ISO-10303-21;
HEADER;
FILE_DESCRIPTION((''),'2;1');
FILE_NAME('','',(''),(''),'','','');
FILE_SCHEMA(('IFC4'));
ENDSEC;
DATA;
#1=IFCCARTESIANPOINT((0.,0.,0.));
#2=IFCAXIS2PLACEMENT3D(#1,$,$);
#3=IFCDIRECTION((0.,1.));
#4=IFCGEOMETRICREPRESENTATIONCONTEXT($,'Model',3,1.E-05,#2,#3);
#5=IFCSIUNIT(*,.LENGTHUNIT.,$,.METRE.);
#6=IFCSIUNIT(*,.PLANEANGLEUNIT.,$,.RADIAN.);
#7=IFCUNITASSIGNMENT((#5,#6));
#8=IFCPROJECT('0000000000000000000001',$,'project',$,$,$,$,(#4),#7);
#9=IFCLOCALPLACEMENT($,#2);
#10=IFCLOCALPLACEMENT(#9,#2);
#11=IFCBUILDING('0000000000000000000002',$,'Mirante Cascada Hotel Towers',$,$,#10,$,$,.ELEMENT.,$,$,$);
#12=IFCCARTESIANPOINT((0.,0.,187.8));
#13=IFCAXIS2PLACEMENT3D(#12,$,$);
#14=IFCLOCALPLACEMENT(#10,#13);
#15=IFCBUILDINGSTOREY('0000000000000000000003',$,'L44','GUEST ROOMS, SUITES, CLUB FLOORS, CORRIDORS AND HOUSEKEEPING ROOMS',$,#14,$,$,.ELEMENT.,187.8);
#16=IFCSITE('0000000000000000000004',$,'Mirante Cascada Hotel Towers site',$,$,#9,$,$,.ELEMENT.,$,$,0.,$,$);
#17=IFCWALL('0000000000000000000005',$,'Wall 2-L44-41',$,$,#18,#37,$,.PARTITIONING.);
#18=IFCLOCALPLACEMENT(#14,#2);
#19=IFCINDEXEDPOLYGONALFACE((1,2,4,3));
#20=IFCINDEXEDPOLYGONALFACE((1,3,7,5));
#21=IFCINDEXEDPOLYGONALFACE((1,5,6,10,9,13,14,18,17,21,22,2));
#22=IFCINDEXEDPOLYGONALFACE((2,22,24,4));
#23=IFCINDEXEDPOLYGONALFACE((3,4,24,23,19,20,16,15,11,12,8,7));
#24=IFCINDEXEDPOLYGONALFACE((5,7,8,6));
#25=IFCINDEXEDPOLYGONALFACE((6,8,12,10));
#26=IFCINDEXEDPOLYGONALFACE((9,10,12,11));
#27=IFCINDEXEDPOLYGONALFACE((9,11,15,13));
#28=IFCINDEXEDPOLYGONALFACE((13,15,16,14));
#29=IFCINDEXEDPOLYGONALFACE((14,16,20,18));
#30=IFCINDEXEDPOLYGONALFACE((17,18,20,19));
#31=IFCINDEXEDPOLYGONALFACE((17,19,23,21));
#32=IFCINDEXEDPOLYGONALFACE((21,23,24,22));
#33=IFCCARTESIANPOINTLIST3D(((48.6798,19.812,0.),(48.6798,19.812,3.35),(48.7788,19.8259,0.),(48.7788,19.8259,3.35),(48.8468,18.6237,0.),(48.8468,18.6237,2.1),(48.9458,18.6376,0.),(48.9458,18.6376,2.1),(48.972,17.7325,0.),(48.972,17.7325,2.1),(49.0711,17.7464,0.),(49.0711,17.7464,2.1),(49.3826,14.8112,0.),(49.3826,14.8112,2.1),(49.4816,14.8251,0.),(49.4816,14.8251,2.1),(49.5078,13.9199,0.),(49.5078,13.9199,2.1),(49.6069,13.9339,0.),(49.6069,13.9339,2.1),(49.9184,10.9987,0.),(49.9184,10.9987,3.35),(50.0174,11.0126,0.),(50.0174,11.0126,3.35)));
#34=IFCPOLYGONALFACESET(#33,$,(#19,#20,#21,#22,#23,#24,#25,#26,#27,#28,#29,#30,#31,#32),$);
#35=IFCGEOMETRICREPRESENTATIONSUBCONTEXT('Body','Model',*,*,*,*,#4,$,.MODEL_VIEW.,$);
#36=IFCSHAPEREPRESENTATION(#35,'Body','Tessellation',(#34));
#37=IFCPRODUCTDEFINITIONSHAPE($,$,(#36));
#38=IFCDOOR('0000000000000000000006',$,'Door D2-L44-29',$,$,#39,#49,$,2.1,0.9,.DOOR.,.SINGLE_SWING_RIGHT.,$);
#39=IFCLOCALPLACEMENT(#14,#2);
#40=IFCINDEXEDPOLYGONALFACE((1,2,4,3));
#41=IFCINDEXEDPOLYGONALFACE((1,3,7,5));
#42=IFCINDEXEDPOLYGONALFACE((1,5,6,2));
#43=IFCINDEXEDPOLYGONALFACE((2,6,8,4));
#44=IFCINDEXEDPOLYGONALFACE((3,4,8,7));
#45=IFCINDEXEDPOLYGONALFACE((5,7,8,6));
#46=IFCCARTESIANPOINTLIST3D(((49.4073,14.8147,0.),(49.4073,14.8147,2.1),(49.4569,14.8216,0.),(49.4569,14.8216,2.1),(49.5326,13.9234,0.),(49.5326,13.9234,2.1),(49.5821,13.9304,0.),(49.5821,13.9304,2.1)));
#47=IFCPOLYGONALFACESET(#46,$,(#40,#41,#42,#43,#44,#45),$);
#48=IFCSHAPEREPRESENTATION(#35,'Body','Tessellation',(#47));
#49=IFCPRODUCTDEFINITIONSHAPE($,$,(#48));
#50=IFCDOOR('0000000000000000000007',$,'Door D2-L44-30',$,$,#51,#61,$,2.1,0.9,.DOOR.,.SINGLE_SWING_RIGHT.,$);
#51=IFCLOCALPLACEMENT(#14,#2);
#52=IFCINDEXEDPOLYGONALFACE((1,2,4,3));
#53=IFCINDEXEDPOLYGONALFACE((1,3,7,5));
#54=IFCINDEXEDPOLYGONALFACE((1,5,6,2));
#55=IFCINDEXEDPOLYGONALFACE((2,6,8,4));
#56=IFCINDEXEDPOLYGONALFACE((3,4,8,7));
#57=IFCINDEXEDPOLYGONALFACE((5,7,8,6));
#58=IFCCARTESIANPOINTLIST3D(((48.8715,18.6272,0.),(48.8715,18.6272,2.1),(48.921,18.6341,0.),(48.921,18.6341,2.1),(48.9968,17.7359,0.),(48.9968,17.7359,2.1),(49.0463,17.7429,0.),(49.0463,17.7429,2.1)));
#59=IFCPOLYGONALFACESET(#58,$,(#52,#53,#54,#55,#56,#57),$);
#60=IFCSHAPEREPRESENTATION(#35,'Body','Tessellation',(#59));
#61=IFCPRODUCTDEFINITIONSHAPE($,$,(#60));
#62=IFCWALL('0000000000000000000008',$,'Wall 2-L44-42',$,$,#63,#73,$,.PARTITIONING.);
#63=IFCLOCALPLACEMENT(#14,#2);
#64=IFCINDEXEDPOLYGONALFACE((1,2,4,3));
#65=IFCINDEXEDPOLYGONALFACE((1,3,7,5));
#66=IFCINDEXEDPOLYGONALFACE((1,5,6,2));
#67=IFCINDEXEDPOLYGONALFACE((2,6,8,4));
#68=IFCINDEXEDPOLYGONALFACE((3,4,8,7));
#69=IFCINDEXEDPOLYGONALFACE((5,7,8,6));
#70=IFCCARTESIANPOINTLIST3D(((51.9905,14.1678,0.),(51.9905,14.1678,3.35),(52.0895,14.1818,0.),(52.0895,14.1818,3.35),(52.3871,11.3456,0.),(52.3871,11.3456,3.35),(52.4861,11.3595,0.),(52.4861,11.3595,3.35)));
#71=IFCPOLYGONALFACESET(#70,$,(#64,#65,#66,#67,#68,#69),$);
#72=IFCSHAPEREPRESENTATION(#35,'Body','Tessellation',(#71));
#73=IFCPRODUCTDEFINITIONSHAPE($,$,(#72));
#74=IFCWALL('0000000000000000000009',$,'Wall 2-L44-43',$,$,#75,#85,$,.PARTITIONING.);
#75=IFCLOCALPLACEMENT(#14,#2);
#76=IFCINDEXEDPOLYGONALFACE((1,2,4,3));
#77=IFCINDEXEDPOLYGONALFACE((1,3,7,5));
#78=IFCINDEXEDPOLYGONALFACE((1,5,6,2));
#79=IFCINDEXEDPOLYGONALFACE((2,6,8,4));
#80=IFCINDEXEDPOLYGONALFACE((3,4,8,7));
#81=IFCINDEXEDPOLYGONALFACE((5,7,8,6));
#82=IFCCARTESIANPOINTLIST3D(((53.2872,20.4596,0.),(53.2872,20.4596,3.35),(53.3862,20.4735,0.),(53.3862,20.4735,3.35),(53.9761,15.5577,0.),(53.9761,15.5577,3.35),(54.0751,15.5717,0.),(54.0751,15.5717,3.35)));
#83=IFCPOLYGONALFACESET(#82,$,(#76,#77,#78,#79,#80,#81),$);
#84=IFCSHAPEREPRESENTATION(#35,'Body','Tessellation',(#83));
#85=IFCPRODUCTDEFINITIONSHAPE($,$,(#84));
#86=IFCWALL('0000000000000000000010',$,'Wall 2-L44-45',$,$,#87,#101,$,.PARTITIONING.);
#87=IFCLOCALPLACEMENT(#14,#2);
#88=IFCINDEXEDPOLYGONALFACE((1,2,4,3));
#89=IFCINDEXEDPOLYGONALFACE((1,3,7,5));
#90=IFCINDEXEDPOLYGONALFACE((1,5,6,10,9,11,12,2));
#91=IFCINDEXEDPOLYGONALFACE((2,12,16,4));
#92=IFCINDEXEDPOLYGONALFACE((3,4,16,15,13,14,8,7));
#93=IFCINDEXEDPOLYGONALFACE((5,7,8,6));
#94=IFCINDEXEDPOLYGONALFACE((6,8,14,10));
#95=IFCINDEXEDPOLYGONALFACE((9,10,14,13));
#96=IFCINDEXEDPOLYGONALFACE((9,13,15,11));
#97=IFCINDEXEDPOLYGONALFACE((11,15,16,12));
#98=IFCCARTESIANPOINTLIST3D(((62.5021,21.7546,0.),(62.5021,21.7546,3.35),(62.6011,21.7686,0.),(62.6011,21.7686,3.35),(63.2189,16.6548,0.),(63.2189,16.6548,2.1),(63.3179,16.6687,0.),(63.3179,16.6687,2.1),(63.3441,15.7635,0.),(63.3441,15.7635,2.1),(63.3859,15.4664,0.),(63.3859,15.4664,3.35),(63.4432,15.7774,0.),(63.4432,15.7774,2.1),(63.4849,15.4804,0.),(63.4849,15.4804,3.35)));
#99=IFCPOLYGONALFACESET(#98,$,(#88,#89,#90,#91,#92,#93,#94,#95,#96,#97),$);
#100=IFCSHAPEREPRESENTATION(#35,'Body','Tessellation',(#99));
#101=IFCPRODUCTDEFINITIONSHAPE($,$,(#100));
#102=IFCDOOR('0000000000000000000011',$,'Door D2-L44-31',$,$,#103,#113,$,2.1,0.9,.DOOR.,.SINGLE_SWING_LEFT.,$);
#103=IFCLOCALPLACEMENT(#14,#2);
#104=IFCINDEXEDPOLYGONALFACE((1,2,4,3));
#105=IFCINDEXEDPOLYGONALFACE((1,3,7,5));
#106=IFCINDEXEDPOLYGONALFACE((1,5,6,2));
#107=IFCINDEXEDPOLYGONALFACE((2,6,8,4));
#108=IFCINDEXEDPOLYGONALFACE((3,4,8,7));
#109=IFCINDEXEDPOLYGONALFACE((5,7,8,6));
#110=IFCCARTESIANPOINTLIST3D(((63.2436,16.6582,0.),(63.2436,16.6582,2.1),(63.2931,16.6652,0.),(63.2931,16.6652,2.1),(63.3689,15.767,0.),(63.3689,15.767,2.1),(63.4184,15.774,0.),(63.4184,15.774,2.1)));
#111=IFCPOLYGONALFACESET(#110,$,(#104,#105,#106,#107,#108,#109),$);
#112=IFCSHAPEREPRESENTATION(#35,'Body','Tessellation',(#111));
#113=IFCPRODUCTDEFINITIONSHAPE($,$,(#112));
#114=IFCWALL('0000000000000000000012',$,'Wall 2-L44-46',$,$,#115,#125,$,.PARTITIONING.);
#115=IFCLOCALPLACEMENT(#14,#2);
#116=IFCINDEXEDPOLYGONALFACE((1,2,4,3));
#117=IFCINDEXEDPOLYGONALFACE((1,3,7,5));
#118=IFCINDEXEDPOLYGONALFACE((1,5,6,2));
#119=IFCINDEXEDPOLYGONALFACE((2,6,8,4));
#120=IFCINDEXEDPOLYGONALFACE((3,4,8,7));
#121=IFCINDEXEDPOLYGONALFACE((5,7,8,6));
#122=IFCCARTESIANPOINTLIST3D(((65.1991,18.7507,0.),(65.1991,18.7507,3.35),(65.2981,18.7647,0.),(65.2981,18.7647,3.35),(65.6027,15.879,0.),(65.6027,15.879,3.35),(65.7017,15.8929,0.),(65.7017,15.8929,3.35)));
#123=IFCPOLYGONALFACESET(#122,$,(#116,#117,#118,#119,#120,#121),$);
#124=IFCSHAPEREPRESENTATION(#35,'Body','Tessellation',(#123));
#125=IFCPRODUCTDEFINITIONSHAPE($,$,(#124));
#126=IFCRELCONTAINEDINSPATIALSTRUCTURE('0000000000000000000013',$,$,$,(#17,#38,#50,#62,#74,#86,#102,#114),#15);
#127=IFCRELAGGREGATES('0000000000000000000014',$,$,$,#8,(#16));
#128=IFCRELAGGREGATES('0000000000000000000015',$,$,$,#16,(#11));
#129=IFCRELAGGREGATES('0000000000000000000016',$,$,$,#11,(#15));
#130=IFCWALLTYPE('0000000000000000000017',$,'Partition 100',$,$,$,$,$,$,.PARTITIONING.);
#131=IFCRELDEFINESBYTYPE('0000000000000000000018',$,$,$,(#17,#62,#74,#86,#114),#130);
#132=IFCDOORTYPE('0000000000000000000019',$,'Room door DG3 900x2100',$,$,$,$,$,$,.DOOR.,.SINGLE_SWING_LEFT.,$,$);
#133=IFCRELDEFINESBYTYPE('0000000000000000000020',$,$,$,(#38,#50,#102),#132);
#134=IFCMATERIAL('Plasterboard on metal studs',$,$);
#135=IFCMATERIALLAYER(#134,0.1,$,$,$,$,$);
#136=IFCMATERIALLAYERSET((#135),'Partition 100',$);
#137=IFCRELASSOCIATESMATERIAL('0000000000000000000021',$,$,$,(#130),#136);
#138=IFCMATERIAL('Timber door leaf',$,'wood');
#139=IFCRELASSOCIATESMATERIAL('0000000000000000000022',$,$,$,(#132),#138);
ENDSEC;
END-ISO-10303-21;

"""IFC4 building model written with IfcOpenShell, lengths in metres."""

from ifc_helpers import new_model, si_unit, direction, frame, frame_2d, origin, place, context, subcontext, project, spatial, rectangle, extrude, material, layer, layer_set, type_object, element, fill, save


model = new_model("IFC4")

# Units and contexts
model_context = context("Model", 3, precision=1e-05, world=origin(), true_north=direction((0.0, 1.0)))
body_context = subcontext(model_context, "Body", "Model", "MODEL_VIEW")
ifc_project = project(units=[si_unit("LENGTHUNIT", "METRE"), si_unit("PLANEANGLEUNIT", "RADIAN")], contexts=[model_context])

# Site, building, storey
site_placement = place(None, origin())
site = spatial("IfcSite", under=ifc_project, at=site_placement, Name="Mirante Cascada Hotel Towers site", CompositionType="ELEMENT", RefElevation=0.0)
building_placement = place(site_placement, origin())
building = spatial("IfcBuilding", under=site, at=building_placement, Name="Mirante Cascada Hotel Towers", CompositionType="ELEMENT")
storey_placement = place(building_placement, frame((0.0, 0.0, 187.8)))
storey = spatial("IfcBuildingStorey", under=building, at=storey_placement, Name="L44", Description="GUEST ROOMS, SUITES, CLUB FLOORS, CORRIDORS AND HOUSEKEEPING ROOMS", CompositionType="ELEMENT", Elevation=187.8)

# Shared definitions
ifc_material_1 = material(Name="Plasterboard on metal studs")
ifc_layer_1 = layer(ifc_material_1, 0.1)
ifc_layer_set_1 = layer_set([ifc_layer_1], Name="Partition 100")
wall_type_1 = type_object("IfcWallType", Name="Partition 100", PredefinedType="PARTITIONING", material=ifc_layer_set_1)

# Shared definitions
ifc_material_2 = material(Name="Timber door leaf", Category="wood")
door_type_1 = type_object("IfcDoorType", Name="Room door DG3 900x2100", OperationType="SINGLE_SWING_LEFT", PredefinedType="DOOR", material=ifc_material_2)

# Wall, openings, doors
wall_1_placement = place(storey_placement, frame((49.9679, 11.0056, 0.0), z_axis=(0.0, 0.0, 1.0), x_axis=(-0.13917, 0.990268, 0.0)))
wall_1 = element("IfcWall", 1, at=wall_1_placement, inside=storey, type_object=wall_type_1, Name="Wall 2-L44-41", PredefinedType="PARTITIONING", context=body_context, shape_type="SweptSolid", body=[
    extrude(rectangle(XDim=8.8999, YDim=0.1, at=frame_2d((4.45, 0.0))), origin(), (0.0, 0.0, 1.0), 3.35),
])
opening_1_placement = place(wall_1_placement, frame((2.95, 0.0, 0.0)))
opening_1 = element("IfcOpeningElement", 2, at=opening_1_placement, cuts=wall_1, PredefinedType="OPENING", context=body_context, shape_type="SweptSolid", body=[
    extrude(rectangle(XDim=0.9, YDim=2.1, at=frame_2d((0.45, 1.05))), frame((0.0, 0.05, 0.0), z_axis=(0.0, -1.0, 0.0), x_axis=(1.0, 0.0, 0.0)), (0.0, 0.0, 1.0), 0.1),
])
opening_2_placement = place(wall_1_placement, frame((6.8, 0.0, 0.0)))
opening_2 = element("IfcOpeningElement", 3, at=opening_2_placement, cuts=wall_1, PredefinedType="OPENING", context=body_context, shape_type="SweptSolid", body=[
    extrude(rectangle(XDim=0.9, YDim=2.1, at=frame_2d((0.45, 1.05))), frame((0.0, 0.05, 0.0), z_axis=(0.0, -1.0, 0.0), x_axis=(1.0, 0.0, 0.0)), (0.0, 0.0, 1.0), 0.1),
])
door_1_placement = place(opening_1_placement, frame((0.9, 0.0, 0.0), z_axis=(0.0, 0.0, 1.0), x_axis=(-1.0, 0.0, 0.0)))
door_1 = element("IfcDoor", 4, at=door_1_placement, inside=storey, type_object=door_type_1, Name="Door D2-L44-29", OperationType="SINGLE_SWING_RIGHT", OverallHeight=2.1, OverallWidth=0.9, PredefinedType="DOOR", context=body_context, shape_type="SweptSolid", body=[
    extrude(rectangle(XDim=0.9, YDim=2.1, at=frame_2d((0.45, 1.05))), frame((0.0, 0.025, 0.0), z_axis=(0.0, -1.0, 0.0), x_axis=(1.0, 0.0, 0.0)), (0.0, 0.0, 1.0), 0.05),
])
fill(opening_1, door_1)
door_2_placement = place(opening_2_placement, frame((0.9, 0.0, 0.0), z_axis=(0.0, 0.0, 1.0), x_axis=(-1.0, 0.0, 0.0)))
door_2 = element("IfcDoor", 5, at=door_2_placement, inside=storey, type_object=door_type_1, Name="Door D2-L44-30", OperationType="SINGLE_SWING_RIGHT", OverallHeight=2.1, OverallWidth=0.9, PredefinedType="DOOR", context=body_context, shape_type="SweptSolid", body=[
    extrude(rectangle(XDim=0.9, YDim=2.1, at=frame_2d((0.45, 1.05))), frame((0.0, 0.025, 0.0), z_axis=(0.0, -1.0, 0.0), x_axis=(1.0, 0.0, 0.0)), (0.0, 0.0, 1.0), 0.05),
])
fill(opening_2, door_2)

# Walls
wall_2_placement = place(storey_placement, frame((52.04, 14.1748, 0.0), z_axis=(0.0, 0.0, 1.0), x_axis=(0.139156, -0.99027, 0.0)))
element("IfcWall", 6, at=wall_2_placement, inside=storey, type_object=wall_type_1, Name="Wall 2-L44-42", PredefinedType="PARTITIONING", context=body_context, shape_type="SweptSolid", body=[
    extrude(rectangle(XDim=2.85, YDim=0.1, at=frame_2d((1.425, 0.0))), origin(), (0.0, 0.0, 1.0), 3.35),
])
wall_3_placement = place(storey_placement, frame((54.0256, 15.5647, 0.0), z_axis=(0.0, 0.0, 1.0), x_axis=(-0.139173, 0.990268, 0.0)))
element("IfcWall", 7, at=wall_3_placement, inside=storey, type_object=wall_type_1, Name="Wall 2-L44-43", PredefinedType="PARTITIONING", context=body_context, shape_type="SweptSolid", body=[
    extrude(rectangle(XDim=4.95, YDim=0.1, at=frame_2d((2.475, 0.0))), origin(), (0.0, 0.0, 1.0), 3.35),
])

# Wall, opening, door
wall_4_placement = place(storey_placement, frame((63.4354, 15.4734, 0.0), z_axis=(0.0, 0.0, 1.0), x_axis=(-0.139181, 0.990267, 0.0)))
wall_4 = element("IfcWall", 8, at=wall_4_placement, inside=storey, type_object=wall_type_1, Name="Wall 2-L44-45", PredefinedType="PARTITIONING", context=body_context, shape_type="SweptSolid", body=[
    extrude(rectangle(XDim=6.35, YDim=0.1, at=frame_2d((3.175, 0.0))), origin(), (0.0, 0.0, 1.0), 3.35),
])
opening_3_placement = place(wall_4_placement, frame((0.3, 0.0, 0.0)))
opening_3 = element("IfcOpeningElement", 9, at=opening_3_placement, cuts=wall_4, PredefinedType="OPENING", context=body_context, shape_type="SweptSolid", body=[
    extrude(rectangle(XDim=0.9, YDim=2.1, at=frame_2d((0.45, 1.05))), frame((0.0, 0.05, 0.0), z_axis=(0.0, -1.0, 0.0), x_axis=(1.0, 0.0, 0.0)), (0.0, 0.0, 1.0), 0.1),
])
door_3_placement = place(opening_3_placement, origin())
door_3 = element("IfcDoor", 10, at=door_3_placement, inside=storey, type_object=door_type_1, Name="Door D2-L44-31", OperationType="SINGLE_SWING_LEFT", OverallHeight=2.1, OverallWidth=0.9, PredefinedType="DOOR", context=body_context, shape_type="SweptSolid", body=[
    extrude(rectangle(XDim=0.9, YDim=2.1, at=frame_2d((0.45, 1.05))), frame((0.0, 0.025, 0.0), z_axis=(0.0, -1.0, 0.0), x_axis=(1.0, 0.0, 0.0)), (0.0, 0.0, 1.0), 0.05),
])
fill(opening_3, door_3)

# Wall
wall_5_placement = place(storey_placement, frame((65.2486, 18.7577, 0.0), z_axis=(0.0, 0.0, 1.0), x_axis=(0.139171, -0.990268, 0.0)))
element("IfcWall", 11, at=wall_5_placement, inside=storey, type_object=wall_type_1, Name="Wall 2-L44-46", PredefinedType="PARTITIONING", context=body_context, shape_type="SweptSolid", body=[
    extrude(rectangle(XDim=2.9, YDim=0.1, at=frame_2d((1.45, 0.0))), origin(), (0.0, 0.0, 1.0), 3.35),
])

save(model, "model.ifc")
